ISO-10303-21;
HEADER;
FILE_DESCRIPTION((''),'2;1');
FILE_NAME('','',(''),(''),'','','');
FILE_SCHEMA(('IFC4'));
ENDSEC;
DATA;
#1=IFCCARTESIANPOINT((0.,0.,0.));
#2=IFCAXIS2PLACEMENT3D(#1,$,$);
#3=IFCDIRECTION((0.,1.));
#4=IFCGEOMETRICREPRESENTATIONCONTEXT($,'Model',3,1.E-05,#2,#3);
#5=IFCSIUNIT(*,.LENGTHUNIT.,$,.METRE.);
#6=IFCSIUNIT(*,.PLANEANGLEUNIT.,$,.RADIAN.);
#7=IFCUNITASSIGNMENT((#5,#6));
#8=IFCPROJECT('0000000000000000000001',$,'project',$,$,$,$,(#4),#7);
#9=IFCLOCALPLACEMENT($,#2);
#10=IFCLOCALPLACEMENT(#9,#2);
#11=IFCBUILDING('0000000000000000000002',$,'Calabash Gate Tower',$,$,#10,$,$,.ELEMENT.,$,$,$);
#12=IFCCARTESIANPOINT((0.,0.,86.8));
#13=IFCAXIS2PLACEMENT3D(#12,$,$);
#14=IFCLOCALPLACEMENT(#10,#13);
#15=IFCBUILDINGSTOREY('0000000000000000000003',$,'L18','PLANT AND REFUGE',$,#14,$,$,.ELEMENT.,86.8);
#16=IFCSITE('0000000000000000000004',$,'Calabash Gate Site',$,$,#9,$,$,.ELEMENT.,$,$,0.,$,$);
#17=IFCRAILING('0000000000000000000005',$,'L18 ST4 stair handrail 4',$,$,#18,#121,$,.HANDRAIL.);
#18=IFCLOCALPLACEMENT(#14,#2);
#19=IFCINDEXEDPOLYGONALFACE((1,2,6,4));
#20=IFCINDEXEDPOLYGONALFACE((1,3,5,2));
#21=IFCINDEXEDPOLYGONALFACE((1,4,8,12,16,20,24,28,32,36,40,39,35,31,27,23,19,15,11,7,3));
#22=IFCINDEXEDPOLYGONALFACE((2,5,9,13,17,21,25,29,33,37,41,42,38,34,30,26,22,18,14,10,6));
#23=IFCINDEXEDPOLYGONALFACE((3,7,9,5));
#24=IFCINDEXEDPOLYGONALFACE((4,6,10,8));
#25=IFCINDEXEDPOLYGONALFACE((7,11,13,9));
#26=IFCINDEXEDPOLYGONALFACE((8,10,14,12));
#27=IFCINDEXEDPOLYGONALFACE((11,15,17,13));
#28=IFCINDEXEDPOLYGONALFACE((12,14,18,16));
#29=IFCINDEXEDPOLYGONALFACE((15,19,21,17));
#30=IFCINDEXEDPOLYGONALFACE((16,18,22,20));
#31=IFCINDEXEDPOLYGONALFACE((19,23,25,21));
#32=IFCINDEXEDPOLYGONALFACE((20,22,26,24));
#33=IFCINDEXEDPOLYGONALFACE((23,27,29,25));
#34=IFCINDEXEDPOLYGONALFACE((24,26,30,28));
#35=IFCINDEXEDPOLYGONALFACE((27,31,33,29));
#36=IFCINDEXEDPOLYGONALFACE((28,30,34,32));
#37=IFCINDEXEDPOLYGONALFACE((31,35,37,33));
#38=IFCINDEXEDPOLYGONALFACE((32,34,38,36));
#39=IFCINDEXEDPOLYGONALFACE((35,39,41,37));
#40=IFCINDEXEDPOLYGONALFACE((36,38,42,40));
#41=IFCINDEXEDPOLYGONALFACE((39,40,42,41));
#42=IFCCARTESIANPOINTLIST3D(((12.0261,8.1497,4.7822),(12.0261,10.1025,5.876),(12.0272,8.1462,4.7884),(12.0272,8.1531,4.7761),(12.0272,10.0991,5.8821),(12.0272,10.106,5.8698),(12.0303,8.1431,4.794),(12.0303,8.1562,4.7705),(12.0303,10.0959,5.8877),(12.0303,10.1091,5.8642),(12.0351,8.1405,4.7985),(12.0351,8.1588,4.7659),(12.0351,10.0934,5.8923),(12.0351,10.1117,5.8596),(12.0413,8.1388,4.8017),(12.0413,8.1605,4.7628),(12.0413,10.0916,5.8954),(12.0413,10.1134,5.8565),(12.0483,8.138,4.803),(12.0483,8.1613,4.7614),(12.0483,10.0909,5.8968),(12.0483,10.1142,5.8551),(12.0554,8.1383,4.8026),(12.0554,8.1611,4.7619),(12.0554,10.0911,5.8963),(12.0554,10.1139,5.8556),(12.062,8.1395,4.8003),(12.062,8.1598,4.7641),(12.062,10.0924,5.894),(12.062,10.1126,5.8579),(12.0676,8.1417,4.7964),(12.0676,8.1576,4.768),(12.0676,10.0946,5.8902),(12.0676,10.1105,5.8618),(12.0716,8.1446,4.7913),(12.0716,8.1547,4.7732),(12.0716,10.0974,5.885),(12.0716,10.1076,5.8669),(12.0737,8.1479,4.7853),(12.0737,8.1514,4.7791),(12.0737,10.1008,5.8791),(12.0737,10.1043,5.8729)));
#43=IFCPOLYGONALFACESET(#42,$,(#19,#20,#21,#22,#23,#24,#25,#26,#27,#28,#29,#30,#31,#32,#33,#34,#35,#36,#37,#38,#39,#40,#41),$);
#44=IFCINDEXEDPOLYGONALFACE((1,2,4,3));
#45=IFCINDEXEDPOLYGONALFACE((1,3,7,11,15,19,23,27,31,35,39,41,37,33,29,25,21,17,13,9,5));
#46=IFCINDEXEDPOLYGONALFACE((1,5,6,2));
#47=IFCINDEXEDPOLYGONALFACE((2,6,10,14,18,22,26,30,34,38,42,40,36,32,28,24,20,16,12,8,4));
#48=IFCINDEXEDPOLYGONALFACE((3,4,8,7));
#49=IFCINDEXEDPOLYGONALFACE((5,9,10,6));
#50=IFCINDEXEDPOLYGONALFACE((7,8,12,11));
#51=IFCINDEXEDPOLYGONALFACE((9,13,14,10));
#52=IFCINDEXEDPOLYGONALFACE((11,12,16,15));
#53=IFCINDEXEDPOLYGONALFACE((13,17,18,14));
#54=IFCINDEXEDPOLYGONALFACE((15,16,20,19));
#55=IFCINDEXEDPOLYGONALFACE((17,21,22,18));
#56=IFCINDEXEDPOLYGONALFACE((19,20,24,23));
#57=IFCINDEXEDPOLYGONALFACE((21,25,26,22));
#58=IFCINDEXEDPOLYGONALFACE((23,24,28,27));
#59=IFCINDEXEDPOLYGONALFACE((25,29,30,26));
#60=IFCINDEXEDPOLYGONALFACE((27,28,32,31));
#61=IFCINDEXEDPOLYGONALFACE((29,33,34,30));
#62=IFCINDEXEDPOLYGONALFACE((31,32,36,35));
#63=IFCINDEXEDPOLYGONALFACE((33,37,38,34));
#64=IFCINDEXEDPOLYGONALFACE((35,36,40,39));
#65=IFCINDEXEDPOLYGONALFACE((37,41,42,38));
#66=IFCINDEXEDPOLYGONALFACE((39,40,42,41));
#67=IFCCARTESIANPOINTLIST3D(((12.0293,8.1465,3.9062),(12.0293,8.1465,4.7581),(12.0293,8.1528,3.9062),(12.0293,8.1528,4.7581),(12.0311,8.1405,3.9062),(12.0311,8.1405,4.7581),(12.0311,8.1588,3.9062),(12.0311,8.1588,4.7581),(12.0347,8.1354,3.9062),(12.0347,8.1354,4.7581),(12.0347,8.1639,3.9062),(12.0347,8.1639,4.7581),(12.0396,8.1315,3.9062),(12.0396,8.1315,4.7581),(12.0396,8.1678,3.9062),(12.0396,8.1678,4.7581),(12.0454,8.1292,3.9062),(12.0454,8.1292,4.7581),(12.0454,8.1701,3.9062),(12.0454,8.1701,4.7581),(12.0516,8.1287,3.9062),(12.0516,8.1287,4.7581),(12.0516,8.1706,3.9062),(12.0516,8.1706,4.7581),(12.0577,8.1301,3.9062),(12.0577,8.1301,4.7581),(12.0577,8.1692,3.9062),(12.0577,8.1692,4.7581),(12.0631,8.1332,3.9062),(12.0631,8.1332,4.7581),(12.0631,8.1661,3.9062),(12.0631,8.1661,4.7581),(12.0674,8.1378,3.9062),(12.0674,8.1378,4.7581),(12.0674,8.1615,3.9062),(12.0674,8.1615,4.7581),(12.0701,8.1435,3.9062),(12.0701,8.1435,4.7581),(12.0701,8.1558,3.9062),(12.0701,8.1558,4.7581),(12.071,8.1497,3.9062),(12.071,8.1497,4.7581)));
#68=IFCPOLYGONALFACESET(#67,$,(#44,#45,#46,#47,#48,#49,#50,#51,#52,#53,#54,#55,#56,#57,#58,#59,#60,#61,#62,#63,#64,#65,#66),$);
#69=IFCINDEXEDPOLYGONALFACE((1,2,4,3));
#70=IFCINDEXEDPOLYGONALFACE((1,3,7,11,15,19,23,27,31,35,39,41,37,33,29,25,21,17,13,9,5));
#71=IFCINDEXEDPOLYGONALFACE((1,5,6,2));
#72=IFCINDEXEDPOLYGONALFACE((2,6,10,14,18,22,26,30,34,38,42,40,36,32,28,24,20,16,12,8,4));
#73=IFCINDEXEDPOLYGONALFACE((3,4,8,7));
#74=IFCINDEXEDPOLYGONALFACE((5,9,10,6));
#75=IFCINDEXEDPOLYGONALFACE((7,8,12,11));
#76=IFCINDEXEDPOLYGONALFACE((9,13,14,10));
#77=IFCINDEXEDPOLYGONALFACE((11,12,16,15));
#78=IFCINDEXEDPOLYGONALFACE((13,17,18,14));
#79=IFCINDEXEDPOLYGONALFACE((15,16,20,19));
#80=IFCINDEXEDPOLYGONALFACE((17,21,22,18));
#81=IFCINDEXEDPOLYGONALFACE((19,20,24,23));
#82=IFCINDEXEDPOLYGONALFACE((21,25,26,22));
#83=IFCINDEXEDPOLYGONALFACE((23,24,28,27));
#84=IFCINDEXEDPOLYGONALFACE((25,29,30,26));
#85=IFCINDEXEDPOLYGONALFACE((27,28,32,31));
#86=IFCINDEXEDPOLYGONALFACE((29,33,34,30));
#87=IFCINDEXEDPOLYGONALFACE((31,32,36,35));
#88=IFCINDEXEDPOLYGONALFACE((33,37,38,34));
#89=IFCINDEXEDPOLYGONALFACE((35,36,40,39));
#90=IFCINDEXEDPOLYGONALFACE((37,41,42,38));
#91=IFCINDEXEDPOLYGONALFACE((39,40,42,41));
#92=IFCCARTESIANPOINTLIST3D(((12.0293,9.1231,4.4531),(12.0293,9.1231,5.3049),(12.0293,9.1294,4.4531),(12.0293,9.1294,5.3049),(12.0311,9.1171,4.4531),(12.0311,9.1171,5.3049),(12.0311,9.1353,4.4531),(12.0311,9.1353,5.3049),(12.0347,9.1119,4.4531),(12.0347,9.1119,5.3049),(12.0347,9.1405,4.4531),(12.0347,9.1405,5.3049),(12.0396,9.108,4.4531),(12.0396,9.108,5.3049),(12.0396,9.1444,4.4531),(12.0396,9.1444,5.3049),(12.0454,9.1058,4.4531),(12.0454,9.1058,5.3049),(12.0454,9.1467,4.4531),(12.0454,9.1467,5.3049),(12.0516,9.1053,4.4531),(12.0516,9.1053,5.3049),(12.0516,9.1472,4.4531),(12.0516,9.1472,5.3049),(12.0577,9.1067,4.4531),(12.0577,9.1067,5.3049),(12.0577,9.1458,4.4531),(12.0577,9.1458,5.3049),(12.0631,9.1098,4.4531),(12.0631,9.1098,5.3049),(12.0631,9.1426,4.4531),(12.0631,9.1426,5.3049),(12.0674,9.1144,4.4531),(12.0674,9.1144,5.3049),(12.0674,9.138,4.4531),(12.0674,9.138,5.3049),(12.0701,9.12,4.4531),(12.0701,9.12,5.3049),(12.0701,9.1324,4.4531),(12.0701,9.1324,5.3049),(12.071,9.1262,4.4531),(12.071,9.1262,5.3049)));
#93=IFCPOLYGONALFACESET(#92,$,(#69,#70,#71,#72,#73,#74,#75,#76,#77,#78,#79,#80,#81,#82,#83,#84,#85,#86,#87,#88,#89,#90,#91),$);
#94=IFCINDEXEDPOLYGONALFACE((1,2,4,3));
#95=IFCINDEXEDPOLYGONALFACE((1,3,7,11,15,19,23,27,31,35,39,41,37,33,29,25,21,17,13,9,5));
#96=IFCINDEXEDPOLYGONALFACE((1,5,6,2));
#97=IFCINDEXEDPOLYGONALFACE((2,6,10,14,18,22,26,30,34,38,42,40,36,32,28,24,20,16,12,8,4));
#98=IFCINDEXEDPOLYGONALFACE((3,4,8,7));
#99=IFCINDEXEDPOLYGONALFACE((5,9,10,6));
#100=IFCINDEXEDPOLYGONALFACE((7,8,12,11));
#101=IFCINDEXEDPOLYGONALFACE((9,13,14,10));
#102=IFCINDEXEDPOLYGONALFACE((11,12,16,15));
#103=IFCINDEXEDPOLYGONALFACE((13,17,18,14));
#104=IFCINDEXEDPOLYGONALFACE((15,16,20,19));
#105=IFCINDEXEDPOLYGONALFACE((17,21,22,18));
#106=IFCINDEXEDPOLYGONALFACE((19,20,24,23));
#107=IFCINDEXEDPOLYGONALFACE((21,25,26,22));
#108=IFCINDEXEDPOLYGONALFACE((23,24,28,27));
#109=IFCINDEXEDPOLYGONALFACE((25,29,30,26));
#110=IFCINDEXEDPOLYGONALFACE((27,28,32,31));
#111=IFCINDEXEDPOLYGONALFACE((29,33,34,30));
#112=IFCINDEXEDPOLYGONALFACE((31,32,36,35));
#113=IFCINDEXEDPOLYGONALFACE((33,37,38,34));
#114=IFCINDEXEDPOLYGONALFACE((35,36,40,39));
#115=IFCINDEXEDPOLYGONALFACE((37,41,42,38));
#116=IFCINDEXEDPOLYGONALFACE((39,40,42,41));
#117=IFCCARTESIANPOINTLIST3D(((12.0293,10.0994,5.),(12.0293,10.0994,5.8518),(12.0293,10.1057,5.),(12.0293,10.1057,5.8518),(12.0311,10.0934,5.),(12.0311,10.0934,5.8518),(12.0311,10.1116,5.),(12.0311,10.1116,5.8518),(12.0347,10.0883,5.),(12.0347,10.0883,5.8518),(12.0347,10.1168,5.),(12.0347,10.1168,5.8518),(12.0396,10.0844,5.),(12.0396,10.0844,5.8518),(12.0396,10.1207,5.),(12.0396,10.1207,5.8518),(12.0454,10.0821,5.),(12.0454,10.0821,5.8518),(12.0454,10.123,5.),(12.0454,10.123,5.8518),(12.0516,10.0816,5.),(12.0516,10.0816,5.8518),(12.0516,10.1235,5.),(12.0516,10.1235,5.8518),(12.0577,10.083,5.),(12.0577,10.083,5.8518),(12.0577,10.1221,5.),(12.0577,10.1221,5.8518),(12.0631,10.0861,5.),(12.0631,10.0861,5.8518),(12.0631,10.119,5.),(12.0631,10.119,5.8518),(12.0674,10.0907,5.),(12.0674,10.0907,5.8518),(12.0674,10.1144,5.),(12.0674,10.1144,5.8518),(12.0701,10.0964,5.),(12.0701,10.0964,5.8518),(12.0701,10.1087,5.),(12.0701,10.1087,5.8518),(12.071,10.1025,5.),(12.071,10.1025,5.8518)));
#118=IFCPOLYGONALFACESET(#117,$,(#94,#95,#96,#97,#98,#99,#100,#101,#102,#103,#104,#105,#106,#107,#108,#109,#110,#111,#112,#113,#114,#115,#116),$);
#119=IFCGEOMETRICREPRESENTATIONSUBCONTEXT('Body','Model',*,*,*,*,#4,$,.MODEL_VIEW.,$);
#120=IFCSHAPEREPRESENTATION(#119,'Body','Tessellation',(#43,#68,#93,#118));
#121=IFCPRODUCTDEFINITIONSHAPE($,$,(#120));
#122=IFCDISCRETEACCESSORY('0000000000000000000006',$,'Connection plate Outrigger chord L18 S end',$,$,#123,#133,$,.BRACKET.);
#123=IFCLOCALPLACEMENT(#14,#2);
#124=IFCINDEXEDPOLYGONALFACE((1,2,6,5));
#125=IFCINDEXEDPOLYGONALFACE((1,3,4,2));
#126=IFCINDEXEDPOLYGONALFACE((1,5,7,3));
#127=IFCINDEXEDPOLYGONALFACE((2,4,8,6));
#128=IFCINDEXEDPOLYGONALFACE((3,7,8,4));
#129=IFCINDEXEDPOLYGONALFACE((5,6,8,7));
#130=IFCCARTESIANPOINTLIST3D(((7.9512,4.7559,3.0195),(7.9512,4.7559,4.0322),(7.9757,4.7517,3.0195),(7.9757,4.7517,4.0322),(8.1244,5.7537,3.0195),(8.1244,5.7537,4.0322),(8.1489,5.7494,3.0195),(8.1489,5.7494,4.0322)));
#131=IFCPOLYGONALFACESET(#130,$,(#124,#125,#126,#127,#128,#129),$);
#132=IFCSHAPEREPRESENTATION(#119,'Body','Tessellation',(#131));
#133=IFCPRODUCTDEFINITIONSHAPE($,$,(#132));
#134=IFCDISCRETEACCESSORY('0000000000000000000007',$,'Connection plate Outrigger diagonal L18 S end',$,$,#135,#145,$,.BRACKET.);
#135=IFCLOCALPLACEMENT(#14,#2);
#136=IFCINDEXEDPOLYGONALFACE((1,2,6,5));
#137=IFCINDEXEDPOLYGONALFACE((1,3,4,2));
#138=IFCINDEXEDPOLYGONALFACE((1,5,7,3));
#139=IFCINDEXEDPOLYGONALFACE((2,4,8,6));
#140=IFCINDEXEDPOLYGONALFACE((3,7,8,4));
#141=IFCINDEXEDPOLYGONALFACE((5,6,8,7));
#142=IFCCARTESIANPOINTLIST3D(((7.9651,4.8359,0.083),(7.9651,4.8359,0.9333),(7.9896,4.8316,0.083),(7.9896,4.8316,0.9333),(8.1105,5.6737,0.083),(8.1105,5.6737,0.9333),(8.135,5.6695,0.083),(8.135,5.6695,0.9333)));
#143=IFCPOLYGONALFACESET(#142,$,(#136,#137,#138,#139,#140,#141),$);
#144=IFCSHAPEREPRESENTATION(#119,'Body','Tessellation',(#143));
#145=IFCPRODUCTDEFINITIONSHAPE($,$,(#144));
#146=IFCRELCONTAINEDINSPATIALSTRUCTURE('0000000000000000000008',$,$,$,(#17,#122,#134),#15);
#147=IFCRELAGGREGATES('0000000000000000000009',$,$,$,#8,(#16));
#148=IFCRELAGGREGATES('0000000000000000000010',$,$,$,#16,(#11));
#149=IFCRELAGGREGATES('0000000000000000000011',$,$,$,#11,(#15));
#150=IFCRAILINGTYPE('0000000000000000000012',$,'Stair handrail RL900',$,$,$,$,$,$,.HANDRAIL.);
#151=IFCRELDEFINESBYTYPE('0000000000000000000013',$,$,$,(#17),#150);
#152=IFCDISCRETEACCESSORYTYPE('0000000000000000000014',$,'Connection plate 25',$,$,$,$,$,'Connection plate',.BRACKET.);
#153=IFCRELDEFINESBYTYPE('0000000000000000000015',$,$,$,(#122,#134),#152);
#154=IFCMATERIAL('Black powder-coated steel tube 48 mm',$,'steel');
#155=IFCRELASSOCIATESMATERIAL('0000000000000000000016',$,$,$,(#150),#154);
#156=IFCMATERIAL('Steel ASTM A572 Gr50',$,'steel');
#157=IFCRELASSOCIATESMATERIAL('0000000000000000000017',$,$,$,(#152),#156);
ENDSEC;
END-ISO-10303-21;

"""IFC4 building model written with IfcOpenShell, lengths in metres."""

from ifc_helpers import new_model, si_unit, direction, frame, origin, origin_2d, place, context, subcontext, project, spatial, rectangle, circle, extrude, material, type_object, element, save


model = new_model("IFC4")

# Units and contexts
model_context = context("Model", 3, precision=1e-05, world=origin(), true_north=direction((0.0, 1.0)))
body_context = subcontext(model_context, "Body", "Model", "MODEL_VIEW")
ifc_project = project(units=[si_unit("LENGTHUNIT", "METRE"), si_unit("PLANEANGLEUNIT", "RADIAN")], contexts=[model_context])

# Site, building, storey
site_placement = place(None, origin())
site = spatial("IfcSite", under=ifc_project, at=site_placement, Name="Calabash Gate Site", CompositionType="ELEMENT", RefElevation=0.0)
building_placement = place(site_placement, origin())
building = spatial("IfcBuilding", under=site, at=building_placement, Name="Calabash Gate Tower", CompositionType="ELEMENT")
storey_placement = place(building_placement, frame((0.0, 0.0, 86.8)))
storey = spatial("IfcBuildingStorey", under=building, at=storey_placement, Name="L18", Description="PLANT AND REFUGE", CompositionType="ELEMENT", Elevation=86.8)

# Railing
ifc_material_1 = material(Name="Black powder-coated steel tube 48 mm", Category="steel")
railing_type_1 = type_object("IfcRailingType", Name="Stair handrail RL900", PredefinedType="HANDRAIL", material=ifc_material_1)
railing_1_placement = place(storey_placement, frame((12.05, 8.1497, 3.9062)))
element("IfcRailing", 1, at=railing_1_placement, inside=storey, type_object=railing_type_1, Name="L18 ST4 stair handrail 4", PredefinedType="HANDRAIL", context=body_context, shape_type="SweptSolid", body=[
    extrude(circle(Radius=0.0239, at=origin_2d()), frame((0.0, 0.0, 0.876), z_axis=(0.0, 0.87248, 0.48865), x_axis=(-1.0, 0.0, 0.0)), (0.0, 0.0, 1.0), 2.2383),
    extrude(circle(Radius=0.021, at=origin_2d()), origin(), (0.0, 0.0, 1.0), 0.8518),
    extrude(circle(Radius=0.021, at=origin_2d()), frame((0.0, 0.9766, 0.5469)), (0.0, 0.0, 1.0), 0.8518),
    extrude(circle(Radius=0.021, at=origin_2d()), frame((0.0, 1.9529, 1.0938)), (0.0, 0.0, 1.0), 0.8518),
])

# Discrete accessories
ifc_material_2 = material(Name="Steel ASTM A572 Gr50", Category="steel")
discrete_accessory_type = type_object("IfcDiscreteAccessoryType", Name="Connection plate 25", ElementType="Connection plate", PredefinedType="BRACKET", material=ifc_material_2)
discrete_accessory_1_placement = place(storey_placement, frame((8.05, 5.2527, 3.0195), z_axis=(0.0, 0.0, 1.0), x_axis=(0.170985, 0.985274, 0.0)))
element("IfcDiscreteAccessory", 2, at=discrete_accessory_1_placement, inside=storey, type_object=discrete_accessory_type, Name="Connection plate Outrigger chord L18 S end", PredefinedType="BRACKET", context=body_context, shape_type="SweptSolid", body=[
    extrude(rectangle(XDim=1.0127, YDim=0.0249, at=origin_2d()), origin(), (0.0, 0.0, 1.0), 1.0127),
])
discrete_accessory_2_placement = place(storey_placement, frame((8.05, 5.2527, 0.083), z_axis=(0.0, 0.0, 1.0), x_axis=(0.170985, 0.985274, 0.0)))
element("IfcDiscreteAccessory", 3, at=discrete_accessory_2_placement, inside=storey, type_object=discrete_accessory_type, Name="Connection plate Outrigger diagonal L18 S end", PredefinedType="BRACKET", context=body_context, shape_type="SweptSolid", body=[
    extrude(rectangle(XDim=0.8503, YDim=0.0249, at=origin_2d()), origin(), (0.0, 0.0, 1.0), 0.8503),
])

save(model, "model.ifc")
